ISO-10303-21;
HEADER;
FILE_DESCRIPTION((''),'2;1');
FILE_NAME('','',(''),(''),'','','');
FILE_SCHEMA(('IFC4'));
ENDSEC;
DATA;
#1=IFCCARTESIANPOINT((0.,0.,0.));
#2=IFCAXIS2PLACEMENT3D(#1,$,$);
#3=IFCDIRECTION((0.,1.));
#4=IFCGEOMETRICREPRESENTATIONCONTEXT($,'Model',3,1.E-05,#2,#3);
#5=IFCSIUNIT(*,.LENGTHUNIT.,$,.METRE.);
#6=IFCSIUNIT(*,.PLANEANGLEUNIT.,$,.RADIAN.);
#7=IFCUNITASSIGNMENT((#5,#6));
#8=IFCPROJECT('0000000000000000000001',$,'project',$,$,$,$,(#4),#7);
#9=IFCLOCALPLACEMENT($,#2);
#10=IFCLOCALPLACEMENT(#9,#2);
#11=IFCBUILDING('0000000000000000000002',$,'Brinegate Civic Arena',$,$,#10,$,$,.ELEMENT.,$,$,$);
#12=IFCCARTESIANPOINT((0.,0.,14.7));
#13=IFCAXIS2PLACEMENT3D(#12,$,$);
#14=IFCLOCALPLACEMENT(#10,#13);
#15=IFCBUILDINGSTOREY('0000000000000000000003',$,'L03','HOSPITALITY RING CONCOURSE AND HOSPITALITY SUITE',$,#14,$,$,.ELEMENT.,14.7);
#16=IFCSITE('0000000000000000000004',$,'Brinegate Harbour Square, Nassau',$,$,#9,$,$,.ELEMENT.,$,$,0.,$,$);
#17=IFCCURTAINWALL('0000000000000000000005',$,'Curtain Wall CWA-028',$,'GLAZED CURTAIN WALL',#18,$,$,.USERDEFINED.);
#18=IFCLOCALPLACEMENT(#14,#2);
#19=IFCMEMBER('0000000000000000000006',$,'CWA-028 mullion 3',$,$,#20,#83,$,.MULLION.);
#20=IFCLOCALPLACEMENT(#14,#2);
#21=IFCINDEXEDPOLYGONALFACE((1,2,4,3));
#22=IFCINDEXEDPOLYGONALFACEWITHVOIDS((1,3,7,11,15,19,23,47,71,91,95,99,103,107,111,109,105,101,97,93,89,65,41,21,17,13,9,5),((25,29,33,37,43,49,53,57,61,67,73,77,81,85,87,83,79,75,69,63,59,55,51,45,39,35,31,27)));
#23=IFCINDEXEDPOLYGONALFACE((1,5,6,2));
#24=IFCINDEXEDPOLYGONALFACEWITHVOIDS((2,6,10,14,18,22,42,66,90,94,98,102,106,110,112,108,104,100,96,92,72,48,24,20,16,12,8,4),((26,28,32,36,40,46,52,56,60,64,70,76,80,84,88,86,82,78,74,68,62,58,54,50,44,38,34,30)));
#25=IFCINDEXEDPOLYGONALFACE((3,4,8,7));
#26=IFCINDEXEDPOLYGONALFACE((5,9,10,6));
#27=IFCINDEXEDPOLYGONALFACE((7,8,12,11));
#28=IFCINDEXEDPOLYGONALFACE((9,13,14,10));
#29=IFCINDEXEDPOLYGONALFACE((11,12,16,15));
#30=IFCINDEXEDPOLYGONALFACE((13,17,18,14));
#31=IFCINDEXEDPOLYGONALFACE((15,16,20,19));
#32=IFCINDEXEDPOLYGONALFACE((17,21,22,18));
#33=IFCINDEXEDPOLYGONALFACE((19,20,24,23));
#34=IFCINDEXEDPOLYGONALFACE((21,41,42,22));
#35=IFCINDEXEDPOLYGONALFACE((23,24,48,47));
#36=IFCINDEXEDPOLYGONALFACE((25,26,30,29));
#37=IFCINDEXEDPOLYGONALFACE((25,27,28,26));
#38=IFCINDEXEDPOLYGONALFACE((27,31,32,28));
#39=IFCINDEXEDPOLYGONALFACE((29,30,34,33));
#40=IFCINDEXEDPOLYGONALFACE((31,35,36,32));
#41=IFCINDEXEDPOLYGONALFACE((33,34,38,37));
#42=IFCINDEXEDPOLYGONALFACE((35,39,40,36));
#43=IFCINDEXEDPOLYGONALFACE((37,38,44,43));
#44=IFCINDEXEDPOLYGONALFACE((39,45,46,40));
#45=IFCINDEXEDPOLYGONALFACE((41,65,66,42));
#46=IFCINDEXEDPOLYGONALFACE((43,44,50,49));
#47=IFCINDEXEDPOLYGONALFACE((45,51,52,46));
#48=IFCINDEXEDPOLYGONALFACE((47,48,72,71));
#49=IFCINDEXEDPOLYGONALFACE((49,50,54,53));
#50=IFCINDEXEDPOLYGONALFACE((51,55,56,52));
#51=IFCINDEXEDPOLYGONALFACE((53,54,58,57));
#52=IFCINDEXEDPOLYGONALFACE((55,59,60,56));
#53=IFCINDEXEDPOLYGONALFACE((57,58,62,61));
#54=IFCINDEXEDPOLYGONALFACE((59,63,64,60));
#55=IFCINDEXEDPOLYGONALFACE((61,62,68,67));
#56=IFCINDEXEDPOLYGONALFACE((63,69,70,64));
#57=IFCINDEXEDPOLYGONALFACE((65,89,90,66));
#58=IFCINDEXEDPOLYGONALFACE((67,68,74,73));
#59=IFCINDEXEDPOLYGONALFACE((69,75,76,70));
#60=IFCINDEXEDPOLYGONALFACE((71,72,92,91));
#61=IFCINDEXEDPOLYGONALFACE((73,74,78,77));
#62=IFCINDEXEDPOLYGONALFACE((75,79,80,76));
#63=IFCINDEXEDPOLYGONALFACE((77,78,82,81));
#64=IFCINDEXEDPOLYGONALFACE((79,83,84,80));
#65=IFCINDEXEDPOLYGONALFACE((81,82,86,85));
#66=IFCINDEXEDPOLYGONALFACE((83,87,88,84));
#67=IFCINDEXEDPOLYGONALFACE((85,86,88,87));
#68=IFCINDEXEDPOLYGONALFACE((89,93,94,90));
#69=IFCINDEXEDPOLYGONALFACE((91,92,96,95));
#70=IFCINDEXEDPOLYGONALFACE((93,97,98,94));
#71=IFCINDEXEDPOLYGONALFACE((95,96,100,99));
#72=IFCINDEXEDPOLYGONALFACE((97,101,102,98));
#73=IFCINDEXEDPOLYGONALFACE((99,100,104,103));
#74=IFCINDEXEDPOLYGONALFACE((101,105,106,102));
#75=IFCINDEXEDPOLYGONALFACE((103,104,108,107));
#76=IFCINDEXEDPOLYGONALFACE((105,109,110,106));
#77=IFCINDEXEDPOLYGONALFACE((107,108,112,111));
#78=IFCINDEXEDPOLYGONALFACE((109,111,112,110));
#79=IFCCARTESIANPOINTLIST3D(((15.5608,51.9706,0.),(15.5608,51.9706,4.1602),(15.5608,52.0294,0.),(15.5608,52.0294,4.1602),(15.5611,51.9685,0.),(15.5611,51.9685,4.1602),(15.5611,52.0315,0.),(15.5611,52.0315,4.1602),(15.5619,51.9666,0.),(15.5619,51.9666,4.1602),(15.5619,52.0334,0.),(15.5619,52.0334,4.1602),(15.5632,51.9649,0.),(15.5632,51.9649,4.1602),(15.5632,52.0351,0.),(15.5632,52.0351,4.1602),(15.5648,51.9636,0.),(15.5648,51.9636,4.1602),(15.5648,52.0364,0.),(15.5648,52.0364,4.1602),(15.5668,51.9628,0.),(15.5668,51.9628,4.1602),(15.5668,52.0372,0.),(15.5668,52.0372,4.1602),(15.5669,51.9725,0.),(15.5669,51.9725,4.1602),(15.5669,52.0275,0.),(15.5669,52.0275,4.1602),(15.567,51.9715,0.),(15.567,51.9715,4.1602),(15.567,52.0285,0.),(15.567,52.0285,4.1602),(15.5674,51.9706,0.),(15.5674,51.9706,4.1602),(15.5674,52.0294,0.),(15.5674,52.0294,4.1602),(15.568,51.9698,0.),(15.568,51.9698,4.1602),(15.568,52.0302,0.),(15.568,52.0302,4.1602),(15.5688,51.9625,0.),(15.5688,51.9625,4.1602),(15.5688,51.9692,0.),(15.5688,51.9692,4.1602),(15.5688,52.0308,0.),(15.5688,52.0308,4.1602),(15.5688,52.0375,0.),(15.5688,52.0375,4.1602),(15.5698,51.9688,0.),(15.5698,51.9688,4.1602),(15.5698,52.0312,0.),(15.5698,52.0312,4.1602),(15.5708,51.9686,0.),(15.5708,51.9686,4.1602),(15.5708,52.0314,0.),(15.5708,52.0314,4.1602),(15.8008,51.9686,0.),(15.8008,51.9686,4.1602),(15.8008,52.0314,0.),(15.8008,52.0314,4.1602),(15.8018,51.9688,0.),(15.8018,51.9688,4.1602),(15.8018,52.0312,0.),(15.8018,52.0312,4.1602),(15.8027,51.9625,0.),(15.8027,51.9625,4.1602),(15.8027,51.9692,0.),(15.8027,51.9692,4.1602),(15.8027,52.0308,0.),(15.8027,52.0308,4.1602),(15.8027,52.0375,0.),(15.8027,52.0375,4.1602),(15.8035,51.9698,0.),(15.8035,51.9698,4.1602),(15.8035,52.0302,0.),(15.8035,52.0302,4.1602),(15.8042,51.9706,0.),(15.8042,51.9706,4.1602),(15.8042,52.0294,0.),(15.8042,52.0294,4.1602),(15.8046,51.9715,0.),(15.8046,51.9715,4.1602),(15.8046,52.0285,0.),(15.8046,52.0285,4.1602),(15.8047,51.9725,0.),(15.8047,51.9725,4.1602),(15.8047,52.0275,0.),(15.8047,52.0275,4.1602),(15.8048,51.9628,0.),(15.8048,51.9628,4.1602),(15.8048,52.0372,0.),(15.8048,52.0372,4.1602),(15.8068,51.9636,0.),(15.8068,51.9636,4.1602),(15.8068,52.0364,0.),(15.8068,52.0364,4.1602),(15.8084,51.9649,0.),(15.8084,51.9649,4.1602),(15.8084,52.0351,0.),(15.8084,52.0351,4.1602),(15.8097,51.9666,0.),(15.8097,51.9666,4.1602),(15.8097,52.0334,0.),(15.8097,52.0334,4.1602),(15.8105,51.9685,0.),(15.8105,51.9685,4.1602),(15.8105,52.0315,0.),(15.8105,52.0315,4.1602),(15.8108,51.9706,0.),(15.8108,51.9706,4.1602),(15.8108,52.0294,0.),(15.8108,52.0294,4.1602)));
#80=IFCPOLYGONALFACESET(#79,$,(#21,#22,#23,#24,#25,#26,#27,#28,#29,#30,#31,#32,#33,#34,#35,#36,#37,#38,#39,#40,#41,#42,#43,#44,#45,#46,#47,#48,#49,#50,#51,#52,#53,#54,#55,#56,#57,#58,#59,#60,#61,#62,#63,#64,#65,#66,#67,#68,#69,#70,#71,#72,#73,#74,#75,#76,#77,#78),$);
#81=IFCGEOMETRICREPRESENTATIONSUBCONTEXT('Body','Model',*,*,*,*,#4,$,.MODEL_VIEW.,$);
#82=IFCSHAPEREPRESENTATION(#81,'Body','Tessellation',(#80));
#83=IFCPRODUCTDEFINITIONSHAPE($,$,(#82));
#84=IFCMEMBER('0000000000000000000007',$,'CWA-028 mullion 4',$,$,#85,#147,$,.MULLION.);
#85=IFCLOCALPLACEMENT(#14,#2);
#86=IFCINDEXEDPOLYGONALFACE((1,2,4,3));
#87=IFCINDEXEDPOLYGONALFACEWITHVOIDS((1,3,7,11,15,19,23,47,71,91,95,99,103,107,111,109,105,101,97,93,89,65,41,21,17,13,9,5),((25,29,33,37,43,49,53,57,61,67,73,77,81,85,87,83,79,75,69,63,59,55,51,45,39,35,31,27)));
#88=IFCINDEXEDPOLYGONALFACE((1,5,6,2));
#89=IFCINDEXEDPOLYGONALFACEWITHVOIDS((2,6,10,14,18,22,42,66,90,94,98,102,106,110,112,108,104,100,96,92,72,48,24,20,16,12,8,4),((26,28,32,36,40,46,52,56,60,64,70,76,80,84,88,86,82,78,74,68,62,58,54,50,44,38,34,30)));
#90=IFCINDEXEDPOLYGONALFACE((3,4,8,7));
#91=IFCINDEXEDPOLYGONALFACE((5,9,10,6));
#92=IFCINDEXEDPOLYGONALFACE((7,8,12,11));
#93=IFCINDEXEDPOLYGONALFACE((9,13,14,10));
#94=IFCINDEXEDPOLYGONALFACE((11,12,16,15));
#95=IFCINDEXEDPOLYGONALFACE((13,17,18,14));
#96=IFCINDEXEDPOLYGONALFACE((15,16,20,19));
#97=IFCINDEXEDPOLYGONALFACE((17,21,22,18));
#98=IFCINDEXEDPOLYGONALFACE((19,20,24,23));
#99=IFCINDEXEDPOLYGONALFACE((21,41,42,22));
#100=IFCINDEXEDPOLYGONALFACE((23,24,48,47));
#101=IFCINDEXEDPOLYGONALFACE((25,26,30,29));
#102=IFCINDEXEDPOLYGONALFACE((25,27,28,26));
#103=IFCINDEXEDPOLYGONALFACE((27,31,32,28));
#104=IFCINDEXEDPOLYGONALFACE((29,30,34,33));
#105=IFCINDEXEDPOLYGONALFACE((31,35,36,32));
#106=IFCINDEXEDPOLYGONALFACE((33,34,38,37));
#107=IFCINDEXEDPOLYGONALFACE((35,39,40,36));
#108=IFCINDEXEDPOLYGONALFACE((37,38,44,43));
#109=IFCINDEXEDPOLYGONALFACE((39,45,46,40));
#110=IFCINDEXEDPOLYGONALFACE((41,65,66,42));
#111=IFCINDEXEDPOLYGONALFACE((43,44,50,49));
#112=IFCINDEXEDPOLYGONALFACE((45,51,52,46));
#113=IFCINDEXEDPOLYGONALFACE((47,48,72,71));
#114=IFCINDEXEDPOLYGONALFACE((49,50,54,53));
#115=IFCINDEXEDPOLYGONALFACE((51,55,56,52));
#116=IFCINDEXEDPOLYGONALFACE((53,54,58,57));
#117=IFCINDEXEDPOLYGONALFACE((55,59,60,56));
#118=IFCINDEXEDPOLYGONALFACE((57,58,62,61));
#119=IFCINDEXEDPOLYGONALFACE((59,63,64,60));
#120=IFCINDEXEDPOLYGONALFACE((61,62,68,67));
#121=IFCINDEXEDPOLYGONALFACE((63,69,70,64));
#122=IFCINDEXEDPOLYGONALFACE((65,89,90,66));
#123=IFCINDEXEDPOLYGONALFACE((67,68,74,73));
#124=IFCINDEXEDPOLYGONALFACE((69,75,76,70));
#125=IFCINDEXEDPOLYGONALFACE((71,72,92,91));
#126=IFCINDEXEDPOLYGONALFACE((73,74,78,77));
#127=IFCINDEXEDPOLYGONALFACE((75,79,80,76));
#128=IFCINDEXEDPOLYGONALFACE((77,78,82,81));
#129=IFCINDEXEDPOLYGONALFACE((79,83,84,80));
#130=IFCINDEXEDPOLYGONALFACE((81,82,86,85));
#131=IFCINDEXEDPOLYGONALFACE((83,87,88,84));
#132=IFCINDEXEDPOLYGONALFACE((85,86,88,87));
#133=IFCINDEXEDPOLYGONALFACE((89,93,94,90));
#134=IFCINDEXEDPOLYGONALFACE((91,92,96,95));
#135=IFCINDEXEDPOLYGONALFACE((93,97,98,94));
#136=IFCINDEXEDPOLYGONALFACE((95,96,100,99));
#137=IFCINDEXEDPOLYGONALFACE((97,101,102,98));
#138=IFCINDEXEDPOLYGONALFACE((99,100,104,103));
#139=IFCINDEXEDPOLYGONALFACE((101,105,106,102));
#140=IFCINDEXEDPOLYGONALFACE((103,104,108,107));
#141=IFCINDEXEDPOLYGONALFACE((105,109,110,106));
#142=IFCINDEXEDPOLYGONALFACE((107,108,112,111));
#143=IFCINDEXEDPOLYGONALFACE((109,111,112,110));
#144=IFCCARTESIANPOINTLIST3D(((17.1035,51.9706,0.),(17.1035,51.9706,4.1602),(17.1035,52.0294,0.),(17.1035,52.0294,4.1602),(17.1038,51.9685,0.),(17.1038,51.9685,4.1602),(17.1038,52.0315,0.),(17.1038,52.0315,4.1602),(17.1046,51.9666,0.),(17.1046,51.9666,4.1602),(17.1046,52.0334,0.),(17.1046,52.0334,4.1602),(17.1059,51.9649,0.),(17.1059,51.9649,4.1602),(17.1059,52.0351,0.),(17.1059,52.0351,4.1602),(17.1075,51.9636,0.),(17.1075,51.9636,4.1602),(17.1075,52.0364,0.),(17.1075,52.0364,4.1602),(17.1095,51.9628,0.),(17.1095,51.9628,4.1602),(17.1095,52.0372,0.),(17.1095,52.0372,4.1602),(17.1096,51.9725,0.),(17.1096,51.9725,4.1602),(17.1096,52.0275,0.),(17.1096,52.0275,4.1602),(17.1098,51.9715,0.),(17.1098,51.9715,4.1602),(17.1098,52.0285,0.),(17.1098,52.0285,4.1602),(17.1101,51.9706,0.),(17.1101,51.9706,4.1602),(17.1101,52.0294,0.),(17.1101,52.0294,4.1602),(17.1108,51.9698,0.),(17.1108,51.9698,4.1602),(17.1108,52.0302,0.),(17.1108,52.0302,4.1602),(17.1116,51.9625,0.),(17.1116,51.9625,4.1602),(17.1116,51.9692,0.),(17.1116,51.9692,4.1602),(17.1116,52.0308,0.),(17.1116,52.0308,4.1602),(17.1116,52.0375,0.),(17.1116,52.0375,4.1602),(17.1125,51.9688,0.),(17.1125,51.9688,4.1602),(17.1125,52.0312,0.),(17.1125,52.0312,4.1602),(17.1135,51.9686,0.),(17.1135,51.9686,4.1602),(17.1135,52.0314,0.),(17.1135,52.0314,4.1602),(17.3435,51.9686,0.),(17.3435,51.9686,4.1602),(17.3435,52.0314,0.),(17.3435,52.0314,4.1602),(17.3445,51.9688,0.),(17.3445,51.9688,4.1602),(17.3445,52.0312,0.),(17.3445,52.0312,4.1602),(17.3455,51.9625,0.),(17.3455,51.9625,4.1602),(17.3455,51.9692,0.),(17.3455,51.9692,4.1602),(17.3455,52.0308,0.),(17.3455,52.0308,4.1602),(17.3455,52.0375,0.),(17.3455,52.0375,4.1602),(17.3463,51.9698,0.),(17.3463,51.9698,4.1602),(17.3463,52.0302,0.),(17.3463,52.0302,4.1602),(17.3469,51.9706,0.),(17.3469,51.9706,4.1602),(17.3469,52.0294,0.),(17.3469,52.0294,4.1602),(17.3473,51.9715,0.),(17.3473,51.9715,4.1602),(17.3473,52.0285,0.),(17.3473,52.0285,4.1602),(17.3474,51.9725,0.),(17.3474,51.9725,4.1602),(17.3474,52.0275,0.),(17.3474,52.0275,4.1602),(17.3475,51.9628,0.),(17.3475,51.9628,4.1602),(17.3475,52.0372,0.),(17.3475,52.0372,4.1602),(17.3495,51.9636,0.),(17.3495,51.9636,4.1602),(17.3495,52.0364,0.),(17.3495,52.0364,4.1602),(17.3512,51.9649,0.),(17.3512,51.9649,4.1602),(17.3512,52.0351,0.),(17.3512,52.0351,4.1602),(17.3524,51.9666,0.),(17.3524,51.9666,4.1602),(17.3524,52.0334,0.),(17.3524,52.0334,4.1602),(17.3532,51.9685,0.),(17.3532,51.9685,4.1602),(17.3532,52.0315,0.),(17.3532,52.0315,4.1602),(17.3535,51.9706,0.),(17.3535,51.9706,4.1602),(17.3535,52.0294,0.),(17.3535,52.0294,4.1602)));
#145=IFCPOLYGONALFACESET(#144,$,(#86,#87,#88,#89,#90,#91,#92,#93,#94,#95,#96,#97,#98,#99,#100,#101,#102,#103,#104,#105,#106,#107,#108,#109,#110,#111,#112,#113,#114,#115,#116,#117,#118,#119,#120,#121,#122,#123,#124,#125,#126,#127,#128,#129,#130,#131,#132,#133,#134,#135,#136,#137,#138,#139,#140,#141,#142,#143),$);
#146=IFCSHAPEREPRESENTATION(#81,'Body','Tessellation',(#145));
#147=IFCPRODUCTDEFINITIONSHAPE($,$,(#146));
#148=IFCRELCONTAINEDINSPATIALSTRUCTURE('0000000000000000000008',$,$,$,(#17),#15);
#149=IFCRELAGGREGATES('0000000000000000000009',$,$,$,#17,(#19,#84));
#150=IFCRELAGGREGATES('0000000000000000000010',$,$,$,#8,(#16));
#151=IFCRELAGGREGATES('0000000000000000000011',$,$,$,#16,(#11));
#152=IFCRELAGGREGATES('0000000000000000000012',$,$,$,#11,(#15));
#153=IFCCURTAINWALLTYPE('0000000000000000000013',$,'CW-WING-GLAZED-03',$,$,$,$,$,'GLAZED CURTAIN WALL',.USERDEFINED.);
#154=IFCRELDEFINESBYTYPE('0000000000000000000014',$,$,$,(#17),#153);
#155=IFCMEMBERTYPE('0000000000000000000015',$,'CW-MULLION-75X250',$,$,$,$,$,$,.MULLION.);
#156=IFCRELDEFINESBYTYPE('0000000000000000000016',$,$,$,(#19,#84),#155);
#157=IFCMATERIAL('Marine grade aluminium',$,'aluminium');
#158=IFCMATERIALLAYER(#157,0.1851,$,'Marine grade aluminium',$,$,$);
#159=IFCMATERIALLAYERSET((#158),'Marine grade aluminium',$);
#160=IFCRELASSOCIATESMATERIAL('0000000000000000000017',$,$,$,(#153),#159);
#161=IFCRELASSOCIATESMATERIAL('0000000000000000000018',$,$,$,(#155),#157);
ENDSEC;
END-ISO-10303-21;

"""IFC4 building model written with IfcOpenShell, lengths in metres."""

from ifc_helpers import new_model, si_unit, direction, frame, origin, origin_2d, place, context, subcontext, project, spatial, hollow_rectangle, extrude, material, layer, layer_set, material_profile, profile_set, type_object, element, aggregate, save


model = new_model("IFC4")

# Units and contexts
model_context = context("Model", 3, precision=1e-05, world=origin(), true_north=direction((0.0, 1.0)))
body_context = subcontext(model_context, "Body", "Model", "MODEL_VIEW")
ifc_project = project(units=[si_unit("LENGTHUNIT", "METRE"), si_unit("PLANEANGLEUNIT", "RADIAN")], contexts=[model_context])

# Site, building, storey
site_placement = place(None, origin())
site = spatial("IfcSite", under=ifc_project, at=site_placement, Name="Brinegate Harbour Square, Nassau", CompositionType="ELEMENT", RefElevation=0.0)
building_placement = place(site_placement, origin())
building = spatial("IfcBuilding", under=site, at=building_placement, Name="Brinegate Civic Arena", CompositionType="ELEMENT")
storey_placement = place(building_placement, frame((0.0, 0.0, 14.7)))
storey = spatial("IfcBuildingStorey", under=building, at=storey_placement, Name="L03", Description="HOSPITALITY RING CONCOURSE AND HOSPITALITY SUITE", CompositionType="ELEMENT", Elevation=14.7)

# Curtain wall, members
ifc_material_1 = material(Name="Marine grade aluminium", Category="aluminium")
ifc_layer_1 = layer(ifc_material_1, 0.1851, Name="Marine grade aluminium")
ifc_layer_set_1 = layer_set([ifc_layer_1], Name="Marine grade aluminium")
curtain_wall_type = type_object("IfcCurtainWallType", Name="CW-WING-GLAZED-03", ElementType="GLAZED CURTAIN WALL", PredefinedType="USERDEFINED", material=ifc_layer_set_1)
curtain_wall_placement = place(storey_placement, origin())
curtain_wall = element("IfcCurtainWall", 1, at=curtain_wall_placement, inside=storey, type_object=curtain_wall_type, Name="Curtain Wall CWA-028", ObjectType="GLAZED CURTAIN WALL", PredefinedType="USERDEFINED")
ifc_material_profile_1 = material_profile(ifc_material_1, hollow_rectangle(XDim=0.075, YDim=0.25, WallThickness=0.0061, InnerFilletRadius=0.0039, OuterFilletRadius=0.0081, at=origin_2d()), Name="MUL75X250")
ifc_profile_set_1 = profile_set([ifc_material_profile_1], Name="Marine grade aluminium")
member_type_1 = type_object("IfcMemberType", Name="CW-MULLION-75X250", PredefinedType="MULLION", material=ifc_profile_set_1)
member_1_placement = place(storey_placement, frame((15.6858, 52.0, 0.0), z_axis=(0.0, 0.0, 1.0), x_axis=(0.0, 1.0, 0.0)))
member_1 = element("IfcMember", 2, at=member_1_placement, type_object=member_type_1, Name="CWA-028 mullion 3", PredefinedType="MULLION", context=body_context, shape_type="SweptSolid", body=[
    extrude(hollow_rectangle(XDim=0.075, YDim=0.25, WallThickness=0.0061, InnerFilletRadius=0.0039, OuterFilletRadius=0.0081, at=origin_2d()), origin(), (0.0, 0.0, 1.0), 4.1602),
])
member_2_placement = place(storey_placement, frame((17.2285, 52.0, 0.0), z_axis=(0.0, 0.0, 1.0), x_axis=(0.0, 1.0, 0.0)))
member_2 = element("IfcMember", 3, at=member_2_placement, type_object=member_type_1, Name="CWA-028 mullion 4", PredefinedType="MULLION", context=body_context, shape_type="SweptSolid", body=[
    extrude(hollow_rectangle(XDim=0.075, YDim=0.25, WallThickness=0.0061, InnerFilletRadius=0.0039, OuterFilletRadius=0.0081, at=origin_2d()), origin(), (0.0, 0.0, 1.0), 4.1602),
])

aggregate(curtain_wall, [member_1, member_2])

save(model, "model.ifc")
